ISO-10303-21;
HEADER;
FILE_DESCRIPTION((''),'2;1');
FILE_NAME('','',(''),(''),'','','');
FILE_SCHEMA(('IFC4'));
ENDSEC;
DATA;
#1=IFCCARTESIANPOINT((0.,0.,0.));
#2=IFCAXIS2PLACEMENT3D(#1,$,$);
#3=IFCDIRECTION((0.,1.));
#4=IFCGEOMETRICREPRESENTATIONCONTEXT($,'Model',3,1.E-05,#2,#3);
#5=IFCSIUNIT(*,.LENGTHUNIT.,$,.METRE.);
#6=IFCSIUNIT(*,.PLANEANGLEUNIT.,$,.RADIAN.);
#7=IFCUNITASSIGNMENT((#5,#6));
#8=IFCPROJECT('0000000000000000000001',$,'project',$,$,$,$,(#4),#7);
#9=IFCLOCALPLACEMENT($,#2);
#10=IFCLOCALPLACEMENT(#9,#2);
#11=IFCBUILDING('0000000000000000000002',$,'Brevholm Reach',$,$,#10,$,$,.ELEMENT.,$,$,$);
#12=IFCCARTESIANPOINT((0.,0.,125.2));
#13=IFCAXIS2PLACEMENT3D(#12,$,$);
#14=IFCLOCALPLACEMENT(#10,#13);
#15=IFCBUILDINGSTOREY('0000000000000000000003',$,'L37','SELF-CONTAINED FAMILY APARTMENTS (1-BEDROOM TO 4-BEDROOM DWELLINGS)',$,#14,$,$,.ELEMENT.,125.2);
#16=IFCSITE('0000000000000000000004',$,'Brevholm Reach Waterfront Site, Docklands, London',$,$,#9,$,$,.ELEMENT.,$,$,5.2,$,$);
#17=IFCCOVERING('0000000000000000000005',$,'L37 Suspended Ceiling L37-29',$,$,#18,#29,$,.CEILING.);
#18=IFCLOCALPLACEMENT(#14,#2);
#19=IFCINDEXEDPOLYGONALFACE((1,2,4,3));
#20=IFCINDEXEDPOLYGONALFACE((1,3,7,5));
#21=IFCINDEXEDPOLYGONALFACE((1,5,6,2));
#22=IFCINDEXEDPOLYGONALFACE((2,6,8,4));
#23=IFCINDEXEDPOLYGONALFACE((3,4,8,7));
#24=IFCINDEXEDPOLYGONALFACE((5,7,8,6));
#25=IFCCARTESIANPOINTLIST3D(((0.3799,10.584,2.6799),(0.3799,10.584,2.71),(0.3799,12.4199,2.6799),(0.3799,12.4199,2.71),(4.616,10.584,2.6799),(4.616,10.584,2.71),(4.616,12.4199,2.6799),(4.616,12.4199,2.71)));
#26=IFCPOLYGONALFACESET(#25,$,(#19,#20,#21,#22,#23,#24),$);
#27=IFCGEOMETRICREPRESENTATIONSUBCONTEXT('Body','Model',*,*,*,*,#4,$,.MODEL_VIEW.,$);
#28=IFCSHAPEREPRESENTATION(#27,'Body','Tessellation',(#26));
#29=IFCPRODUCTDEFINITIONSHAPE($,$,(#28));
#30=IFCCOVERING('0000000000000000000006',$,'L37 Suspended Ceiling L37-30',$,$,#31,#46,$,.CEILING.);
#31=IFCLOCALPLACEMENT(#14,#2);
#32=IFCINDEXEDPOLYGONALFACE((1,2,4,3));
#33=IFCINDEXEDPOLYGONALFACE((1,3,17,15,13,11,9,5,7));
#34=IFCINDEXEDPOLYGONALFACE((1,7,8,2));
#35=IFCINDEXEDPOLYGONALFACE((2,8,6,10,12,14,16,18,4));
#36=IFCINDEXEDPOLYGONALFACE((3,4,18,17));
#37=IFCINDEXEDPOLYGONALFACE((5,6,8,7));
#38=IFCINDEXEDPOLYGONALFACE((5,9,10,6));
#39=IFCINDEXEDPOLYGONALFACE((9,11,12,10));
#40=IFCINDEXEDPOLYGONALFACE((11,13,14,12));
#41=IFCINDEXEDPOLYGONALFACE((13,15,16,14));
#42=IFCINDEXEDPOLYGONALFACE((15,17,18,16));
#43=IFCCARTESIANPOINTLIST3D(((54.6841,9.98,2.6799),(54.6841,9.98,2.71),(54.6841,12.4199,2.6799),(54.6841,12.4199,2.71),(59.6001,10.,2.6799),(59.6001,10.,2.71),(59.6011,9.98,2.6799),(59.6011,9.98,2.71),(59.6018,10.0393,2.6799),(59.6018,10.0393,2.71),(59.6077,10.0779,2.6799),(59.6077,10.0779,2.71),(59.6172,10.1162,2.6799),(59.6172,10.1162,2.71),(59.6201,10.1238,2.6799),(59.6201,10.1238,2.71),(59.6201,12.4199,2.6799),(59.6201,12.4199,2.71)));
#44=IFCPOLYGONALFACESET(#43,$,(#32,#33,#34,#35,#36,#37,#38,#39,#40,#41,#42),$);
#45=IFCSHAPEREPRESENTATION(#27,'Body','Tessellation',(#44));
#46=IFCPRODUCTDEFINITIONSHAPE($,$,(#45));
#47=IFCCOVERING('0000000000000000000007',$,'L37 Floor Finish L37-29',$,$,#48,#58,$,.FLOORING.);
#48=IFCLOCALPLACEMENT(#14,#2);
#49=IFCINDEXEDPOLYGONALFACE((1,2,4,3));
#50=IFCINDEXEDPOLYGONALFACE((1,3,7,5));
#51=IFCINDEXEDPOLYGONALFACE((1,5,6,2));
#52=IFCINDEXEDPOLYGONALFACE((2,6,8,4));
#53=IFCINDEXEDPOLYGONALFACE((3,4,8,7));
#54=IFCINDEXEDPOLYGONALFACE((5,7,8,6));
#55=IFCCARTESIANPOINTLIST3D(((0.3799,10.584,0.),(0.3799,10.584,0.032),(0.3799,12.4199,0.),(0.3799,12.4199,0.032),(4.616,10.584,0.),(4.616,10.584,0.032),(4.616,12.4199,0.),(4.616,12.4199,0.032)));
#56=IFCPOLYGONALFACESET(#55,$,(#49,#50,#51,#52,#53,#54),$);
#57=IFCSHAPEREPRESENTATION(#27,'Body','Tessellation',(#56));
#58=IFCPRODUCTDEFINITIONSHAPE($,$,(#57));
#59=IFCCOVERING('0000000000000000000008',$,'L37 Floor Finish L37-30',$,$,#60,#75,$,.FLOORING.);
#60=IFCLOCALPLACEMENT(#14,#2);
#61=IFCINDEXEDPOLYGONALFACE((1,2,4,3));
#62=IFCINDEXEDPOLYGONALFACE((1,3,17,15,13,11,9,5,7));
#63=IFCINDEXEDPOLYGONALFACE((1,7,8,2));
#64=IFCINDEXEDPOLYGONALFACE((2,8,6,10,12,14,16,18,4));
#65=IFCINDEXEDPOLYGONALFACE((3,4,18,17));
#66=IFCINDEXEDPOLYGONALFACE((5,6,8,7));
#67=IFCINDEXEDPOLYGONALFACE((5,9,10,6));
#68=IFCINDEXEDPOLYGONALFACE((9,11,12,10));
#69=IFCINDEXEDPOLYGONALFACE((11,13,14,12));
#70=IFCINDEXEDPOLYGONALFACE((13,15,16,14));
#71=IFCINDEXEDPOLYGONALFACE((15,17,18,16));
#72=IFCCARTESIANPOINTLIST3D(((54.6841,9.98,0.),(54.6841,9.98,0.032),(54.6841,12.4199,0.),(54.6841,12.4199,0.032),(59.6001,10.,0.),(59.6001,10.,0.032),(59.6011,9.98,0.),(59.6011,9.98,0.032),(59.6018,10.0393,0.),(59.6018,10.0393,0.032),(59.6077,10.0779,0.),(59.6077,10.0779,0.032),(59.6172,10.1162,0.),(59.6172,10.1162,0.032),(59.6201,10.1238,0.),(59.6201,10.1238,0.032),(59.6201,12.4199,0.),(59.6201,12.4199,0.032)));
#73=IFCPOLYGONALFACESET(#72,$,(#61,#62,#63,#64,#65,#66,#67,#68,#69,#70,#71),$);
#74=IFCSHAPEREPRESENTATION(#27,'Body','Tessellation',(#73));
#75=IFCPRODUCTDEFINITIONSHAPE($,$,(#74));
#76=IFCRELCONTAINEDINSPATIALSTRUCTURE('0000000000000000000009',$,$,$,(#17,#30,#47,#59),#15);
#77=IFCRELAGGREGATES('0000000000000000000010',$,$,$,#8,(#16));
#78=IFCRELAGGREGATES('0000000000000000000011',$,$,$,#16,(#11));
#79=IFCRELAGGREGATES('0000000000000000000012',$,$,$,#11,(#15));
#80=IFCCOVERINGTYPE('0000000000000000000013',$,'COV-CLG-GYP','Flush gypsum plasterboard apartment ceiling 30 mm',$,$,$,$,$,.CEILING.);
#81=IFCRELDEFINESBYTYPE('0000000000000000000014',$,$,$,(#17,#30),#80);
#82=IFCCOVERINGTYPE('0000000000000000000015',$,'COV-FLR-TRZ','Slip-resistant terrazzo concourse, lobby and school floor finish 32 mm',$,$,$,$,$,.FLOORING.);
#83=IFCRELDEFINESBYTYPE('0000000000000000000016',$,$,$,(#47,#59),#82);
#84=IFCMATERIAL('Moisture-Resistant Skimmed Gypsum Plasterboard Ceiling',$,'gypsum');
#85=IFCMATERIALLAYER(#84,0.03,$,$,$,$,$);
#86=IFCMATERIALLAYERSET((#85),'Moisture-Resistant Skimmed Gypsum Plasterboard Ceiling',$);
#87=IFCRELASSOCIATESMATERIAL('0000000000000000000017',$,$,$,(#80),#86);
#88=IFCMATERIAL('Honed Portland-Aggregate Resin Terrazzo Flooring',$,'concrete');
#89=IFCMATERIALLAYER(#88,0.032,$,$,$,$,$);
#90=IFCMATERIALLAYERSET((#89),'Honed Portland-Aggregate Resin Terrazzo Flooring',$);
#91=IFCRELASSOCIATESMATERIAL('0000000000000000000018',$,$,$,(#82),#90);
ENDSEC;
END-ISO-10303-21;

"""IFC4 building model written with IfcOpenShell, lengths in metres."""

from ifc_helpers import new_model, si_unit, direction, frame, origin, place, context, subcontext, project, spatial, polyline, outline, extrude, material, layer, layer_set, type_object, element, save


model = new_model("IFC4")

# Units and contexts
model_context = context("Model", 3, precision=1e-05, world=origin(), true_north=direction((0.0, 1.0)))
body_context = subcontext(model_context, "Body", "Model", "MODEL_VIEW")
ifc_project = project(units=[si_unit("LENGTHUNIT", "METRE"), si_unit("PLANEANGLEUNIT", "RADIAN")], contexts=[model_context])

# Site, building, storey
site_placement = place(None, origin())
site = spatial("IfcSite", under=ifc_project, at=site_placement, Name="Brevholm Reach Waterfront Site, Docklands, London", CompositionType="ELEMENT", RefElevation=5.2)
building_placement = place(site_placement, origin())
building = spatial("IfcBuilding", under=site, at=building_placement, Name="Brevholm Reach", CompositionType="ELEMENT")
storey_placement = place(building_placement, frame((0.0, 0.0, 125.2)))
storey = spatial("IfcBuildingStorey", under=building, at=storey_placement, Name="L37", Description="SELF-CONTAINED FAMILY APARTMENTS (1-BEDROOM TO 4-BEDROOM DWELLINGS)", CompositionType="ELEMENT", Elevation=125.2)

# Coverings
ifc_material_1 = material(Name="Moisture-Resistant Skimmed Gypsum Plasterboard Ceiling", Category="gypsum")
ifc_layer_1 = layer(ifc_material_1, 0.03)
ifc_layer_set_1 = layer_set([ifc_layer_1], Name="Moisture-Resistant Skimmed Gypsum Plasterboard Ceiling")
covering_type_1 = type_object("IfcCoveringType", Name="COV-CLG-GYP", Description="Flush gypsum plasterboard apartment ceiling 30 mm", PredefinedType="CEILING", material=ifc_layer_set_1)
covering_1_placement = place(storey_placement, frame((0.0, 0.0, 2.6799)))
element("IfcCovering", 1, at=covering_1_placement, inside=storey, type_object=covering_type_1, Name="L37 Suspended Ceiling L37-29", PredefinedType="CEILING", context=body_context, shape_type="SweptSolid", body=[
    extrude(outline(polyline([(0.3799, 12.4199), (4.616, 12.4199), (4.616, 10.584), (0.3799, 10.584), (0.3799, 12.4199)])), origin(), (0.0, 0.0, 1.0), 0.03),
])
covering_2_placement = place(storey_placement, frame((0.0, 0.0, 2.6799)))
element("IfcCovering", 2, at=covering_2_placement, inside=storey, type_object=covering_type_1, Name="L37 Suspended Ceiling L37-30", PredefinedType="CEILING", context=body_context, shape_type="SweptSolid", body=[
    extrude(outline(polyline([(59.6201, 12.4199), (59.6201, 10.1238), (59.6172, 10.1162), (59.6077, 10.0779), (59.6018, 10.0393), (59.6001, 10.0), (59.6011, 9.98), (54.6841, 9.98), (54.6841, 12.4199), (59.6201, 12.4199)])), origin(), (0.0, 0.0, 1.0), 0.03),
])
ifc_material_2 = material(Name="Honed Portland-Aggregate Resin Terrazzo Flooring", Category="concrete")
ifc_layer_2 = layer(ifc_material_2, 0.032)
ifc_layer_set_2 = layer_set([ifc_layer_2], Name="Honed Portland-Aggregate Resin Terrazzo Flooring")
covering_type_2 = type_object("IfcCoveringType", Name="COV-FLR-TRZ", Description="Slip-resistant terrazzo concourse, lobby and school floor finish 32 mm", PredefinedType="FLOORING", material=ifc_layer_set_2)
covering_3_placement = place(storey_placement, origin())
element("IfcCovering", 3, at=covering_3_placement, inside=storey, type_object=covering_type_2, Name="L37 Floor Finish L37-29", PredefinedType="FLOORING", context=body_context, shape_type="SweptSolid", body=[
    extrude(outline(polyline([(0.3799, 12.4199), (4.616, 12.4199), (4.616, 10.584), (0.3799, 10.584), (0.3799, 12.4199)])), origin(), (0.0, 0.0, 1.0), 0.032),
])
covering_4_placement = place(storey_placement, origin())
element("IfcCovering", 4, at=covering_4_placement, inside=storey, type_object=covering_type_2, Name="L37 Floor Finish L37-30", PredefinedType="FLOORING", context=body_context, shape_type="SweptSolid", body=[
    extrude(outline(polyline([(59.6201, 12.4199), (59.6201, 10.1238), (59.6172, 10.1162), (59.6077, 10.0779), (59.6018, 10.0393), (59.6001, 10.0), (59.6011, 9.98), (54.6841, 9.98), (54.6841, 12.4199), (59.6201, 12.4199)])), origin(), (0.0, 0.0, 1.0), 0.032),
])

save(model, "model.ifc")
